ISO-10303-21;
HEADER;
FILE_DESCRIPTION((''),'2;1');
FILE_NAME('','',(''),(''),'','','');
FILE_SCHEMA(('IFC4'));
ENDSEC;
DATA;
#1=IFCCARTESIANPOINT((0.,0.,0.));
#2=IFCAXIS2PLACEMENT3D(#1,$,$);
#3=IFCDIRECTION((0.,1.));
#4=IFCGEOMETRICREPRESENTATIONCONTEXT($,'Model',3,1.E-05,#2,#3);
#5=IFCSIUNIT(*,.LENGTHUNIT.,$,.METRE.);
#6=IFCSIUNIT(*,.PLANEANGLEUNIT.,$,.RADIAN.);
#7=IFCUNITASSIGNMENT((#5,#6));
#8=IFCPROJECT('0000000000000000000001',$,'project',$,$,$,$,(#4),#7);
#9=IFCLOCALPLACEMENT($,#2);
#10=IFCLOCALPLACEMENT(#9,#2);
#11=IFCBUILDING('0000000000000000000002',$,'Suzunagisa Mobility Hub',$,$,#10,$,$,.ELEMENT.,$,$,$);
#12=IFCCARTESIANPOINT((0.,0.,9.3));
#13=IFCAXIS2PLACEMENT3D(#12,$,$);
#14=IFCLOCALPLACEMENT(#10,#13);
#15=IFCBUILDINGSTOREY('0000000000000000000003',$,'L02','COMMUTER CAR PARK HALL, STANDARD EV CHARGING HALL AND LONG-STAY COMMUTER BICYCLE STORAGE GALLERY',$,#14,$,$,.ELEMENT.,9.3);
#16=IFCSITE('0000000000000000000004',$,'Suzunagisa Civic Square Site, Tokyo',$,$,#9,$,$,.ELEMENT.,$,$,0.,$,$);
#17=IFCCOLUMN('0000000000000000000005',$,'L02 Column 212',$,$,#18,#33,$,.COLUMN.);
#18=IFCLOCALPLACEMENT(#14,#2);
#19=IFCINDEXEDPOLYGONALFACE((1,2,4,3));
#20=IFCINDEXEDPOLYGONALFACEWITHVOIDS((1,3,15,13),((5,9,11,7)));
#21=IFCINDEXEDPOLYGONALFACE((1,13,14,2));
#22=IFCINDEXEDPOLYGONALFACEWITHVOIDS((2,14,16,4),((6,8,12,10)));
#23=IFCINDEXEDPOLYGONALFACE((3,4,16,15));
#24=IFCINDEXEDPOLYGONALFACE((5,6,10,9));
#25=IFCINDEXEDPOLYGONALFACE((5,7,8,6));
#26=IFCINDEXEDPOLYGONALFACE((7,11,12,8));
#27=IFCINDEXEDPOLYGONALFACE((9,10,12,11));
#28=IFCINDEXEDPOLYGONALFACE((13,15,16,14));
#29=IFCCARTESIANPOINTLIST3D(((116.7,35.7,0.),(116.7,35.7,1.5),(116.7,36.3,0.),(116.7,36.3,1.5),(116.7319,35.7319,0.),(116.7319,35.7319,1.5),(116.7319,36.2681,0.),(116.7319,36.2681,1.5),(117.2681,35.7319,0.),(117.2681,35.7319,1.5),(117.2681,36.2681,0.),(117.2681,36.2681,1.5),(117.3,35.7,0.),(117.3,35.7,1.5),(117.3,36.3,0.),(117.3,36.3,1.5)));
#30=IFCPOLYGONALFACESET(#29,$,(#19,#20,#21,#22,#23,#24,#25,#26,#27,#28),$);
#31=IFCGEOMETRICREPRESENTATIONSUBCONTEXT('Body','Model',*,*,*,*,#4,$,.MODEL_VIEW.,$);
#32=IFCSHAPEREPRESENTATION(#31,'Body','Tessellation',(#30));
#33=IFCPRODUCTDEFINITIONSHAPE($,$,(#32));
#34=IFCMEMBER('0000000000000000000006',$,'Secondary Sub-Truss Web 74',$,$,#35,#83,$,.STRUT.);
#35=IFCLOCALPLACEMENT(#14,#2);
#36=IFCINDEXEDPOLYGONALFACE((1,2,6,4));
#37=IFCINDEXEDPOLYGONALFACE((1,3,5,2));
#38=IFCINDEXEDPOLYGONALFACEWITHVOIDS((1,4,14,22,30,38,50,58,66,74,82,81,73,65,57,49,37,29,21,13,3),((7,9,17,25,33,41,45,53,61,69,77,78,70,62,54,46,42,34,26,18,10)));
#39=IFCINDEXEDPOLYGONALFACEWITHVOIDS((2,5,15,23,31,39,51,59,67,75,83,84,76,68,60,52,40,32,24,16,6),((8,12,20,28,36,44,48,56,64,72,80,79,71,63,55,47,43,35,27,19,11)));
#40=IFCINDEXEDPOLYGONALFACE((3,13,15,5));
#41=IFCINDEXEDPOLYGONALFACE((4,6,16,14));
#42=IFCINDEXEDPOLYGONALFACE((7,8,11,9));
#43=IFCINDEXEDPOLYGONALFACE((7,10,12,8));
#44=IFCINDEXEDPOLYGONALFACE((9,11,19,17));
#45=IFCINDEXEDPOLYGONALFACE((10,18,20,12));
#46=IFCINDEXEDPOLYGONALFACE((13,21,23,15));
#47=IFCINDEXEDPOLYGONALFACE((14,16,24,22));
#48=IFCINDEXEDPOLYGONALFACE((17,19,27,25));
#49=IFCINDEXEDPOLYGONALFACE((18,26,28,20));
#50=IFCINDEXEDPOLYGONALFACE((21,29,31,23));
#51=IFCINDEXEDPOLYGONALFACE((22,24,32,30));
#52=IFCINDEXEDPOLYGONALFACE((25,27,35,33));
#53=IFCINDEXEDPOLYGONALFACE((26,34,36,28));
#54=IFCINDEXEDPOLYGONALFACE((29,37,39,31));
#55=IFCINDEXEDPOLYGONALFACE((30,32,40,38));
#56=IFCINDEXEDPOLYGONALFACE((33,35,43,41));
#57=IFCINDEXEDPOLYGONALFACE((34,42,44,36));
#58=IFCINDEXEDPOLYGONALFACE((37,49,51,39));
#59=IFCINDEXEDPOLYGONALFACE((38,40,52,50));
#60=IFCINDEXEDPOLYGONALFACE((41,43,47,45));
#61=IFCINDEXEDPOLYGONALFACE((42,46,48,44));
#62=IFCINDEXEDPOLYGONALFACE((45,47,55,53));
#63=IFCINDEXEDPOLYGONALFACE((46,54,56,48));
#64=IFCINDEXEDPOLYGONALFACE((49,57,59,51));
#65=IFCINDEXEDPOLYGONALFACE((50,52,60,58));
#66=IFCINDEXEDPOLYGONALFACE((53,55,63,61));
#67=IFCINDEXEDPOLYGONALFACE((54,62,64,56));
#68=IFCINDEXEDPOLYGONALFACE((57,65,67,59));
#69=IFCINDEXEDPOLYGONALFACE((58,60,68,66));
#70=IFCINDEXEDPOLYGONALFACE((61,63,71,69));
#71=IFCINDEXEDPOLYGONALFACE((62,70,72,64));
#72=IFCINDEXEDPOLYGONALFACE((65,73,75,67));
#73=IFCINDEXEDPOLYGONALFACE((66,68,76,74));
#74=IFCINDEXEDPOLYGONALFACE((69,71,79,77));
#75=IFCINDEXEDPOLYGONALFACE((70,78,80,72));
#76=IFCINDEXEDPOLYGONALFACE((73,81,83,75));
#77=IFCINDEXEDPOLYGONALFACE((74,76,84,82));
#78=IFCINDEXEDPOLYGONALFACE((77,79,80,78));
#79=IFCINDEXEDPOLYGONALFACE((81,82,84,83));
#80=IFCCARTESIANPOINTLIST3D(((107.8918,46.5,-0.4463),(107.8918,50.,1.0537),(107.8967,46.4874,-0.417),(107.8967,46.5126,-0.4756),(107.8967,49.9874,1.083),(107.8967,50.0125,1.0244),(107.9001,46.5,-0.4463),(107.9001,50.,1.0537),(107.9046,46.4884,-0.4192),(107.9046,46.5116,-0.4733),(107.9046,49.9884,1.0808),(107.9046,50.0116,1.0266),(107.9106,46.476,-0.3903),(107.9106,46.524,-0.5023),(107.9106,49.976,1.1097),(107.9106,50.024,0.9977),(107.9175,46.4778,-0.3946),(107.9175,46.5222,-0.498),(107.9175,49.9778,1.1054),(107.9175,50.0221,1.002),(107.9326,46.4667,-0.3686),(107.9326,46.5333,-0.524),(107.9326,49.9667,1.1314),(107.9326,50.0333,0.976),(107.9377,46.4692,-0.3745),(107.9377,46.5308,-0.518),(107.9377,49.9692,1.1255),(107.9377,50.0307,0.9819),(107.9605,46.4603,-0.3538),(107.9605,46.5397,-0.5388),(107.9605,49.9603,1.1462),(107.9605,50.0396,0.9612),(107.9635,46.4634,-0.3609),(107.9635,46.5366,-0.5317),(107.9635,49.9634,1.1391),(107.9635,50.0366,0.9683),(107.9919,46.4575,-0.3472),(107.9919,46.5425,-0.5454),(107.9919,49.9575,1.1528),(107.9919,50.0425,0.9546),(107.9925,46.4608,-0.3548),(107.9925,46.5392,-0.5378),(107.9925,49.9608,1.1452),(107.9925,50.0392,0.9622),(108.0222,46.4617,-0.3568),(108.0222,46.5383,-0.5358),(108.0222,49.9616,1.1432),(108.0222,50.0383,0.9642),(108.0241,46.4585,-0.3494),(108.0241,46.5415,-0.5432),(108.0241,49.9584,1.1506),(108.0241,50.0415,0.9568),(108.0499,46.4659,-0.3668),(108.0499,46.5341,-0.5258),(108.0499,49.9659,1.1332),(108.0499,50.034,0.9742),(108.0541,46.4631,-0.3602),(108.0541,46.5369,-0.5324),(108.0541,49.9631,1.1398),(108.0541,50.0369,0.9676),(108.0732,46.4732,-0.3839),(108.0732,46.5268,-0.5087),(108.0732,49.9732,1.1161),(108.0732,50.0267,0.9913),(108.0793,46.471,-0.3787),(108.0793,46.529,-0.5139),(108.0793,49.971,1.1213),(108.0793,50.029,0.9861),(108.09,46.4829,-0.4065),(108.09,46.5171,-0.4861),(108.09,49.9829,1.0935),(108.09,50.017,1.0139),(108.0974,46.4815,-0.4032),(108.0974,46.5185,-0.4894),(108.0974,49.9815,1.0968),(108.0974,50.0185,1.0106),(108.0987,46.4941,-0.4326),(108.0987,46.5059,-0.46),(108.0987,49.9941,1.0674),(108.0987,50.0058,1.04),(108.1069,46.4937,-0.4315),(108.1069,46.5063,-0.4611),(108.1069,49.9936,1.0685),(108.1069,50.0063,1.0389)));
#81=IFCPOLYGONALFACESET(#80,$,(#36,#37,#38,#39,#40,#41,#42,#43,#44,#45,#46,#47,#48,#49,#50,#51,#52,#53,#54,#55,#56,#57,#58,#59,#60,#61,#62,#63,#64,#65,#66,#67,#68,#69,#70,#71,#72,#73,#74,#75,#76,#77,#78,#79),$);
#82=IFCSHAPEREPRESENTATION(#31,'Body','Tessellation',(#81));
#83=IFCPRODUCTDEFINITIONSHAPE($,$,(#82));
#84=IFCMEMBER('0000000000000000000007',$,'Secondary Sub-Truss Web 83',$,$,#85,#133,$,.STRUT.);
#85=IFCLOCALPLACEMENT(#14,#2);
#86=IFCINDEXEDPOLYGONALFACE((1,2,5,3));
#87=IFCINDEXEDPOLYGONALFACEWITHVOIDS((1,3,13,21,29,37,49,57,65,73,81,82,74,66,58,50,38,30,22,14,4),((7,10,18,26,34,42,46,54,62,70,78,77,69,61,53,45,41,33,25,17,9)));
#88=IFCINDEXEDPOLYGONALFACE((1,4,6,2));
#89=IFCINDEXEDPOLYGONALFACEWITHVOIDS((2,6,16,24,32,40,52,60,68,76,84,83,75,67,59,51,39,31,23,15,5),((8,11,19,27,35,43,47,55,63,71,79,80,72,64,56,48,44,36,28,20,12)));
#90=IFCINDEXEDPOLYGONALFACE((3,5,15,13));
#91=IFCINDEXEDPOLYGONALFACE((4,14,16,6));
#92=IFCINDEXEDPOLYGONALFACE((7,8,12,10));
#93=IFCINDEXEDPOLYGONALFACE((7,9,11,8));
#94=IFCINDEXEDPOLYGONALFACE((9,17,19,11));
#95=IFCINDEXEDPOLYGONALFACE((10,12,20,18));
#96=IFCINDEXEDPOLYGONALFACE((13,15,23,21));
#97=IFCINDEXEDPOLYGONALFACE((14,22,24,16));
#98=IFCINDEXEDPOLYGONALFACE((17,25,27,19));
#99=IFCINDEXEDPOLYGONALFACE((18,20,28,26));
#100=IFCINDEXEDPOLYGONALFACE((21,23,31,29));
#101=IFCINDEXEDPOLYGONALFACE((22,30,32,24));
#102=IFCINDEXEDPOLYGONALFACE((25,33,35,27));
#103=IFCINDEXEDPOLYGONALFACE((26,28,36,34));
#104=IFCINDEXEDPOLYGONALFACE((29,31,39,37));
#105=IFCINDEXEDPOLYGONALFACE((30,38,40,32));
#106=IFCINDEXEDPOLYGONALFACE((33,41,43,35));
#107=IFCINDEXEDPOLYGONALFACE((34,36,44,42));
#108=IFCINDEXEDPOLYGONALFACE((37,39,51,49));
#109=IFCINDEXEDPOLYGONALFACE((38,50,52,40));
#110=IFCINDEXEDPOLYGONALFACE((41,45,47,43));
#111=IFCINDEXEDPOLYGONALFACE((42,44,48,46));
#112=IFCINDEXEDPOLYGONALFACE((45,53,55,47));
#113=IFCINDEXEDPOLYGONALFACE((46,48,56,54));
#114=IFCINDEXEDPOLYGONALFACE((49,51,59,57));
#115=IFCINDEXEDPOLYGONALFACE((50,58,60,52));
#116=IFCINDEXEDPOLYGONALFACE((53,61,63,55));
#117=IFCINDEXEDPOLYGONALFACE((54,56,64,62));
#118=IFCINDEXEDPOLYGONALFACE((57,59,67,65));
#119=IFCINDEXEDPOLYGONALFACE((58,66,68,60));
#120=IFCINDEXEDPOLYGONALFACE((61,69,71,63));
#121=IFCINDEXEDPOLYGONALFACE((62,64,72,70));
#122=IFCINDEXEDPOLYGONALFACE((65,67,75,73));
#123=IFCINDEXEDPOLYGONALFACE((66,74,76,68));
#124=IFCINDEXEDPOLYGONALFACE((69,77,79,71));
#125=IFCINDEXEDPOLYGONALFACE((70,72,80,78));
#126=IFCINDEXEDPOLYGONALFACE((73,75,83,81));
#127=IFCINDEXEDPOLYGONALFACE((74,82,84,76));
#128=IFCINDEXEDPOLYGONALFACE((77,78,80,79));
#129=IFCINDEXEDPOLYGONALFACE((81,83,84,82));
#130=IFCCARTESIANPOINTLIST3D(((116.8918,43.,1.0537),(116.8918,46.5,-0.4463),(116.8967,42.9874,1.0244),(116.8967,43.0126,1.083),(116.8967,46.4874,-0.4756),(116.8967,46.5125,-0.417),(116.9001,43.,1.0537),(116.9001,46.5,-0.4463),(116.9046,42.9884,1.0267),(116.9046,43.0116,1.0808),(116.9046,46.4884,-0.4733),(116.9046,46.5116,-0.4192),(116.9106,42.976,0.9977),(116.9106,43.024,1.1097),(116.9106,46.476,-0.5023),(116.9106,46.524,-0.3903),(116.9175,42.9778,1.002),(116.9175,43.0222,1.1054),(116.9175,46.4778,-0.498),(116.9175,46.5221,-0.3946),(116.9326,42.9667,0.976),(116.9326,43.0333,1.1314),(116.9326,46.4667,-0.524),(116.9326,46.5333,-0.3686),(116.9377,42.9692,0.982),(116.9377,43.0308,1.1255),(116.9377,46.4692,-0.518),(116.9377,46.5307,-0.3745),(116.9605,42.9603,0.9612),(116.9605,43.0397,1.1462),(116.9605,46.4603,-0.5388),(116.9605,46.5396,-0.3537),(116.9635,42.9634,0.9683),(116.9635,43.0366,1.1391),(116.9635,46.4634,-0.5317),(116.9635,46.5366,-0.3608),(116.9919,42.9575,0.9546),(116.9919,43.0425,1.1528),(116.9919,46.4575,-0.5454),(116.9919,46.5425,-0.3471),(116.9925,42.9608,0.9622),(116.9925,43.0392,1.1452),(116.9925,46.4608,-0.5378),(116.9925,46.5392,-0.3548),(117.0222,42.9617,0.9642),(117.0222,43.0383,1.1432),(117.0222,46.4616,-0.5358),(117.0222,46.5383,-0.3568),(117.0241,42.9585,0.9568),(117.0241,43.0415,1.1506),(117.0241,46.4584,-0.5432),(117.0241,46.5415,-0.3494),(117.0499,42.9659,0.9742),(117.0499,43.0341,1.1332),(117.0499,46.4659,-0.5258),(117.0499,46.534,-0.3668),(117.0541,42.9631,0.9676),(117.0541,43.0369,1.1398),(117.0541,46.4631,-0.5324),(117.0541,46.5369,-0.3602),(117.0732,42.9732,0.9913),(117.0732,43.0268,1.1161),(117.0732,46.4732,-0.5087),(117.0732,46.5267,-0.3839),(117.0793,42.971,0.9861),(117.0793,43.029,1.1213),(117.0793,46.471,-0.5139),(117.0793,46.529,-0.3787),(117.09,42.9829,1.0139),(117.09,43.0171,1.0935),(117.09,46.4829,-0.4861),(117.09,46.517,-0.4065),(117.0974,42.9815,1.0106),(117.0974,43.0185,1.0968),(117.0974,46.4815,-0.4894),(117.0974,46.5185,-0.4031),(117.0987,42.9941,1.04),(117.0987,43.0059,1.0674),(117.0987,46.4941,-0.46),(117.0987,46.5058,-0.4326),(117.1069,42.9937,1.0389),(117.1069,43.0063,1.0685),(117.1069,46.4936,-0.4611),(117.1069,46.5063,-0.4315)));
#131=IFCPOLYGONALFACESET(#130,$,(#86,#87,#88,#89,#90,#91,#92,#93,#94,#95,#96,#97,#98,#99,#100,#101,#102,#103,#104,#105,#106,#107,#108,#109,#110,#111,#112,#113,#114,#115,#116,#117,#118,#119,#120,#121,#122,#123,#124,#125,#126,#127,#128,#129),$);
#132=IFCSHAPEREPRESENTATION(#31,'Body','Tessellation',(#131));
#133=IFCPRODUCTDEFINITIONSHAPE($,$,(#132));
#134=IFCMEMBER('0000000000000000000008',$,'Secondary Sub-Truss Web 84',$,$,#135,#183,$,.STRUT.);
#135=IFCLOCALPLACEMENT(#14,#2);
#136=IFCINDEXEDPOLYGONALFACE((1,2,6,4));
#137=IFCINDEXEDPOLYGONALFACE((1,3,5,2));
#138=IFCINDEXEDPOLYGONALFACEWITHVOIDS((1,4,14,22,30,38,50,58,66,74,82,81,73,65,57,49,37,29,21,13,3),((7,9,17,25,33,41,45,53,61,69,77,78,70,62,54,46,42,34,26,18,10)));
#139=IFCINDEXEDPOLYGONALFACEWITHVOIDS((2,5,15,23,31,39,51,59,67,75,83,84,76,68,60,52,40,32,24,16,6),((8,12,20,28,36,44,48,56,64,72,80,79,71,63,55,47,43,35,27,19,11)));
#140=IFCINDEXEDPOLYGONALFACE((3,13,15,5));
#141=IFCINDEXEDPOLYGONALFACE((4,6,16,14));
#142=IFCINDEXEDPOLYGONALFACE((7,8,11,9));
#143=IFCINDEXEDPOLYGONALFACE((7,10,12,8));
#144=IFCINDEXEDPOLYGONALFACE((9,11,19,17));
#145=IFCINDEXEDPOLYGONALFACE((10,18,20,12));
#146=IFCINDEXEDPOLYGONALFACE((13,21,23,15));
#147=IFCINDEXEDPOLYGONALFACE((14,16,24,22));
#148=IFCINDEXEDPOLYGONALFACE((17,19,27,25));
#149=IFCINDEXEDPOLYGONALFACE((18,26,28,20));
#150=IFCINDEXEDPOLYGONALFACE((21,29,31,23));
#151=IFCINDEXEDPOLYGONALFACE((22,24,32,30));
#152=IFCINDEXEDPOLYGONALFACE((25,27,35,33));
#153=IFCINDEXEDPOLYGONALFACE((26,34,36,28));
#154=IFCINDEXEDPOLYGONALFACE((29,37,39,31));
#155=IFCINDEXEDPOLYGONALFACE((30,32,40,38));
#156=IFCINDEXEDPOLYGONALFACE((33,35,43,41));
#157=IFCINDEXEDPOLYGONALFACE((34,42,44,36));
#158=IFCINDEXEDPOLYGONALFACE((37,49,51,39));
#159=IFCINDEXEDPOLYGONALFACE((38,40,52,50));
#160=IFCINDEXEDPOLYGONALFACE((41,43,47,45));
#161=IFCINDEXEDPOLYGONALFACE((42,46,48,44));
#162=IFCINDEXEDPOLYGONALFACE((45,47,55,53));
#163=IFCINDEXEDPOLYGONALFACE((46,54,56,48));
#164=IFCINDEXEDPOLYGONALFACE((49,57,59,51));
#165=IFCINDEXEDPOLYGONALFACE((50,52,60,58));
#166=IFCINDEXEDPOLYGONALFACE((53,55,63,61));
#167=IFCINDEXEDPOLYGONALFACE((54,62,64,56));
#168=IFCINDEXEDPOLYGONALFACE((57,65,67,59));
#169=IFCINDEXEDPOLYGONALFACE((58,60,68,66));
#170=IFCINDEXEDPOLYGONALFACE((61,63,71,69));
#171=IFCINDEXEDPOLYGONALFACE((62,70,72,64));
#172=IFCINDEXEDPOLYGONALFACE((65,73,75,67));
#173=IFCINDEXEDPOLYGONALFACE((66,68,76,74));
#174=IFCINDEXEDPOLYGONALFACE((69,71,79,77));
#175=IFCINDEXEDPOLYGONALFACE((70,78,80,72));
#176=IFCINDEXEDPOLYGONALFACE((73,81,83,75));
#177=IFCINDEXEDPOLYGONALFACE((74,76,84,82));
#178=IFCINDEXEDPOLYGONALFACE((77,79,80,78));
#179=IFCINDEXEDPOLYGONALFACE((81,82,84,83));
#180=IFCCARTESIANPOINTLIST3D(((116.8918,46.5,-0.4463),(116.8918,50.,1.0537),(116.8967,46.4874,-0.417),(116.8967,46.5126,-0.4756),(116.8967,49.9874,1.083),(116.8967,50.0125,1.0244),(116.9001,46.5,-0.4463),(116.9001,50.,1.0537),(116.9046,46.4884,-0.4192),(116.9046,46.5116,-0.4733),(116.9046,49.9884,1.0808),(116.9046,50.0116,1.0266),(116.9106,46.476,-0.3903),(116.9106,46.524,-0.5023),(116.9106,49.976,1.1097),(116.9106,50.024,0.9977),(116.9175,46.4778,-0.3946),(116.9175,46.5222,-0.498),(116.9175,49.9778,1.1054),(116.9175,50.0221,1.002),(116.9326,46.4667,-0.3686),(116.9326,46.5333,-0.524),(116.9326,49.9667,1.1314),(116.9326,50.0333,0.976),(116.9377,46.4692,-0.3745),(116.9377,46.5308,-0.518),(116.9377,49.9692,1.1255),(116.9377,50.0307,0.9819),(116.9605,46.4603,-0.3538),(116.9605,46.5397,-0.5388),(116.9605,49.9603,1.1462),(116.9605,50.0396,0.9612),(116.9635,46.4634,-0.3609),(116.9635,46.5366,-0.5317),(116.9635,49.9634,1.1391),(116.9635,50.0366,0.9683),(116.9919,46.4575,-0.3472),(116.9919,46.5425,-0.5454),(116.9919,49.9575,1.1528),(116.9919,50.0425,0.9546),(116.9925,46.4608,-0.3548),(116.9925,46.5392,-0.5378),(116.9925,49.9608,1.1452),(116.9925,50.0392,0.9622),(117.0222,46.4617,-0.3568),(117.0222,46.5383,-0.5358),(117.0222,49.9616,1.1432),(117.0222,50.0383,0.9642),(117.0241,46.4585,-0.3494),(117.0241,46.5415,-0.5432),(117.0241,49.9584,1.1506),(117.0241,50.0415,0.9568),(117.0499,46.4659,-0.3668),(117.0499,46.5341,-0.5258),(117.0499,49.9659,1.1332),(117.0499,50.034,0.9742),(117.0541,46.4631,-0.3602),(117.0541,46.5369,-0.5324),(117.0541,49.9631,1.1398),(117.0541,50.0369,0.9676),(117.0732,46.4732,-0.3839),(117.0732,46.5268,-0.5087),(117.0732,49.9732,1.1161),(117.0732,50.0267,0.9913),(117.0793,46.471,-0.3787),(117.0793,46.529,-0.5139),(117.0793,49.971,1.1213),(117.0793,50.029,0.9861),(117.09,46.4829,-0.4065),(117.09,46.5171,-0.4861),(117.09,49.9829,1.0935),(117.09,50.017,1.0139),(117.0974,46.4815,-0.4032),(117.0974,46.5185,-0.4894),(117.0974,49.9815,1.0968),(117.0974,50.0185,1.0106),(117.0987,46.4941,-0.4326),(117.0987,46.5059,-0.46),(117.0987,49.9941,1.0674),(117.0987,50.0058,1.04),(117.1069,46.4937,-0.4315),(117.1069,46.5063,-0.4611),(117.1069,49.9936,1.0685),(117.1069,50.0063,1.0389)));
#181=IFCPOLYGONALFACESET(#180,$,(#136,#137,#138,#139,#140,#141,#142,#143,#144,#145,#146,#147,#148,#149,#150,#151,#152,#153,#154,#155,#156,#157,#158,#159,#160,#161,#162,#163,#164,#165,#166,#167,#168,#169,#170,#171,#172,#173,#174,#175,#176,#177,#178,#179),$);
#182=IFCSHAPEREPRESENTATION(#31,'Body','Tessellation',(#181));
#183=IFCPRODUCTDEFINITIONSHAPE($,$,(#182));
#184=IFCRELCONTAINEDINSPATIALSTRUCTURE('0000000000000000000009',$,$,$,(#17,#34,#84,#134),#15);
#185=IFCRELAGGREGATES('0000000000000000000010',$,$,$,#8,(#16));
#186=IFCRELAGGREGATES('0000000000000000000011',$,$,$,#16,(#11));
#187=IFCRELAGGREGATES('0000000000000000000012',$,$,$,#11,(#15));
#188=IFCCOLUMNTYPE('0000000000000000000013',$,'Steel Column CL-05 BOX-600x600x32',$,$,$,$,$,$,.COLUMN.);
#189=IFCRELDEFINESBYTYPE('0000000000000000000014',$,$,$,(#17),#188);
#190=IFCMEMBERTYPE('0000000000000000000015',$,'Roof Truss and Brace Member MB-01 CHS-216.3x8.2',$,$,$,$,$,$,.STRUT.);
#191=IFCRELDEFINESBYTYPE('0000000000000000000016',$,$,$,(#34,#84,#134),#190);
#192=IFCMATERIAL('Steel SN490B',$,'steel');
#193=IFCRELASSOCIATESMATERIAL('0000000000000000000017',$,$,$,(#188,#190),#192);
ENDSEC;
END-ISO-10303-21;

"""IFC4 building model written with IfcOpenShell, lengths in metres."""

from ifc_helpers import new_model, si_unit, direction, frame, origin, origin_2d, place, context, subcontext, project, spatial, hollow_rectangle, hollow_circle, extrude, material, material_profile, profile_set, type_object, element, save


model = new_model("IFC4")

# Units and contexts
model_context = context("Model", 3, precision=1e-05, world=origin(), true_north=direction((0.0, 1.0)))
body_context = subcontext(model_context, "Body", "Model", "MODEL_VIEW")
ifc_project = project(units=[si_unit("LENGTHUNIT", "METRE"), si_unit("PLANEANGLEUNIT", "RADIAN")], contexts=[model_context])

# Site, building, storey
site_placement = place(None, origin())
site = spatial("IfcSite", under=ifc_project, at=site_placement, Name="Suzunagisa Civic Square Site, Tokyo", CompositionType="ELEMENT", RefElevation=0.0)
building_placement = place(site_placement, origin())
building = spatial("IfcBuilding", under=site, at=building_placement, Name="Suzunagisa Mobility Hub", CompositionType="ELEMENT")
storey_placement = place(building_placement, frame((0.0, 0.0, 9.3)))
storey = spatial("IfcBuildingStorey", under=building, at=storey_placement, Name="L02", Description="COMMUTER CAR PARK HALL, STANDARD EV CHARGING HALL AND LONG-STAY COMMUTER BICYCLE STORAGE GALLERY", CompositionType="ELEMENT", Elevation=9.3)

# Column
ifc_material_1 = material(Name="Steel SN490B", Category="steel")
ifc_material_profile_1 = material_profile(ifc_material_1, hollow_rectangle(XDim=0.6001, YDim=0.6001, WallThickness=0.032, at=origin_2d()), Name="BOX-600x600x32")
ifc_profile_set_1 = profile_set([ifc_material_profile_1], Name="Steel SN490B")
column_type = type_object("IfcColumnType", Name="Steel Column CL-05 BOX-600x600x32", PredefinedType="COLUMN", material=ifc_profile_set_1)
column_placement = place(storey_placement, frame((117.0, 36.0, 0.0), z_axis=(0.0, 0.0, 1.0), x_axis=(1.0, 0.0, 0.0)))
element("IfcColumn", 1, at=column_placement, inside=storey, type_object=column_type, Name="L02 Column 212", PredefinedType="COLUMN", context=body_context, shape_type="SweptSolid", body=[
    extrude(hollow_rectangle(XDim=0.6001, YDim=0.6001, WallThickness=0.032, at=origin_2d()), origin(), (0.0, 0.0, 1.0), 1.5),
])

# Members
ifc_material_profile_2 = material_profile(ifc_material_1, hollow_circle(Radius=0.1082, WallThickness=0.0083, at=origin_2d()), Name="CHS-216.3x8.2")
ifc_profile_set_2 = profile_set([ifc_material_profile_2], Name="Steel SN490B")
member_type_1 = type_object("IfcMemberType", Name="Roof Truss and Brace Member MB-01 CHS-216.3x8.2", PredefinedType="STRUT", material=ifc_profile_set_2)
for number, where, z_axis, x_axis, name in (
    (2, (108.0, 46.5, -0.4463), (0.0, 0.919145, 0.393919), (-1.0, 0.0, 0.0), "Secondary Sub-Truss Web 74"),
    (3, (117.0, 43.0, 1.0537), (0.0, 0.919145, -0.393919), (-1.0, 0.0, 0.0), "Secondary Sub-Truss Web 83"),
    (4, (117.0, 46.5, -0.4463), (0.0, 0.919145, 0.393919), (-1.0, 0.0, 0.0), "Secondary Sub-Truss Web 84"),
):
    element("IfcMember", number, at=place(storey_placement, frame(where, z_axis=z_axis, x_axis=x_axis)), inside=storey, type_object=member_type_1, Name=name, PredefinedType="STRUT", context=body_context, shape_type="SweptSolid", body=[
        extrude(hollow_circle(Radius=0.1082, WallThickness=0.0083, at=origin_2d()), origin(), (0.0, 0.0, 1.0), 3.8079),
    ])

save(model, "model.ifc")
